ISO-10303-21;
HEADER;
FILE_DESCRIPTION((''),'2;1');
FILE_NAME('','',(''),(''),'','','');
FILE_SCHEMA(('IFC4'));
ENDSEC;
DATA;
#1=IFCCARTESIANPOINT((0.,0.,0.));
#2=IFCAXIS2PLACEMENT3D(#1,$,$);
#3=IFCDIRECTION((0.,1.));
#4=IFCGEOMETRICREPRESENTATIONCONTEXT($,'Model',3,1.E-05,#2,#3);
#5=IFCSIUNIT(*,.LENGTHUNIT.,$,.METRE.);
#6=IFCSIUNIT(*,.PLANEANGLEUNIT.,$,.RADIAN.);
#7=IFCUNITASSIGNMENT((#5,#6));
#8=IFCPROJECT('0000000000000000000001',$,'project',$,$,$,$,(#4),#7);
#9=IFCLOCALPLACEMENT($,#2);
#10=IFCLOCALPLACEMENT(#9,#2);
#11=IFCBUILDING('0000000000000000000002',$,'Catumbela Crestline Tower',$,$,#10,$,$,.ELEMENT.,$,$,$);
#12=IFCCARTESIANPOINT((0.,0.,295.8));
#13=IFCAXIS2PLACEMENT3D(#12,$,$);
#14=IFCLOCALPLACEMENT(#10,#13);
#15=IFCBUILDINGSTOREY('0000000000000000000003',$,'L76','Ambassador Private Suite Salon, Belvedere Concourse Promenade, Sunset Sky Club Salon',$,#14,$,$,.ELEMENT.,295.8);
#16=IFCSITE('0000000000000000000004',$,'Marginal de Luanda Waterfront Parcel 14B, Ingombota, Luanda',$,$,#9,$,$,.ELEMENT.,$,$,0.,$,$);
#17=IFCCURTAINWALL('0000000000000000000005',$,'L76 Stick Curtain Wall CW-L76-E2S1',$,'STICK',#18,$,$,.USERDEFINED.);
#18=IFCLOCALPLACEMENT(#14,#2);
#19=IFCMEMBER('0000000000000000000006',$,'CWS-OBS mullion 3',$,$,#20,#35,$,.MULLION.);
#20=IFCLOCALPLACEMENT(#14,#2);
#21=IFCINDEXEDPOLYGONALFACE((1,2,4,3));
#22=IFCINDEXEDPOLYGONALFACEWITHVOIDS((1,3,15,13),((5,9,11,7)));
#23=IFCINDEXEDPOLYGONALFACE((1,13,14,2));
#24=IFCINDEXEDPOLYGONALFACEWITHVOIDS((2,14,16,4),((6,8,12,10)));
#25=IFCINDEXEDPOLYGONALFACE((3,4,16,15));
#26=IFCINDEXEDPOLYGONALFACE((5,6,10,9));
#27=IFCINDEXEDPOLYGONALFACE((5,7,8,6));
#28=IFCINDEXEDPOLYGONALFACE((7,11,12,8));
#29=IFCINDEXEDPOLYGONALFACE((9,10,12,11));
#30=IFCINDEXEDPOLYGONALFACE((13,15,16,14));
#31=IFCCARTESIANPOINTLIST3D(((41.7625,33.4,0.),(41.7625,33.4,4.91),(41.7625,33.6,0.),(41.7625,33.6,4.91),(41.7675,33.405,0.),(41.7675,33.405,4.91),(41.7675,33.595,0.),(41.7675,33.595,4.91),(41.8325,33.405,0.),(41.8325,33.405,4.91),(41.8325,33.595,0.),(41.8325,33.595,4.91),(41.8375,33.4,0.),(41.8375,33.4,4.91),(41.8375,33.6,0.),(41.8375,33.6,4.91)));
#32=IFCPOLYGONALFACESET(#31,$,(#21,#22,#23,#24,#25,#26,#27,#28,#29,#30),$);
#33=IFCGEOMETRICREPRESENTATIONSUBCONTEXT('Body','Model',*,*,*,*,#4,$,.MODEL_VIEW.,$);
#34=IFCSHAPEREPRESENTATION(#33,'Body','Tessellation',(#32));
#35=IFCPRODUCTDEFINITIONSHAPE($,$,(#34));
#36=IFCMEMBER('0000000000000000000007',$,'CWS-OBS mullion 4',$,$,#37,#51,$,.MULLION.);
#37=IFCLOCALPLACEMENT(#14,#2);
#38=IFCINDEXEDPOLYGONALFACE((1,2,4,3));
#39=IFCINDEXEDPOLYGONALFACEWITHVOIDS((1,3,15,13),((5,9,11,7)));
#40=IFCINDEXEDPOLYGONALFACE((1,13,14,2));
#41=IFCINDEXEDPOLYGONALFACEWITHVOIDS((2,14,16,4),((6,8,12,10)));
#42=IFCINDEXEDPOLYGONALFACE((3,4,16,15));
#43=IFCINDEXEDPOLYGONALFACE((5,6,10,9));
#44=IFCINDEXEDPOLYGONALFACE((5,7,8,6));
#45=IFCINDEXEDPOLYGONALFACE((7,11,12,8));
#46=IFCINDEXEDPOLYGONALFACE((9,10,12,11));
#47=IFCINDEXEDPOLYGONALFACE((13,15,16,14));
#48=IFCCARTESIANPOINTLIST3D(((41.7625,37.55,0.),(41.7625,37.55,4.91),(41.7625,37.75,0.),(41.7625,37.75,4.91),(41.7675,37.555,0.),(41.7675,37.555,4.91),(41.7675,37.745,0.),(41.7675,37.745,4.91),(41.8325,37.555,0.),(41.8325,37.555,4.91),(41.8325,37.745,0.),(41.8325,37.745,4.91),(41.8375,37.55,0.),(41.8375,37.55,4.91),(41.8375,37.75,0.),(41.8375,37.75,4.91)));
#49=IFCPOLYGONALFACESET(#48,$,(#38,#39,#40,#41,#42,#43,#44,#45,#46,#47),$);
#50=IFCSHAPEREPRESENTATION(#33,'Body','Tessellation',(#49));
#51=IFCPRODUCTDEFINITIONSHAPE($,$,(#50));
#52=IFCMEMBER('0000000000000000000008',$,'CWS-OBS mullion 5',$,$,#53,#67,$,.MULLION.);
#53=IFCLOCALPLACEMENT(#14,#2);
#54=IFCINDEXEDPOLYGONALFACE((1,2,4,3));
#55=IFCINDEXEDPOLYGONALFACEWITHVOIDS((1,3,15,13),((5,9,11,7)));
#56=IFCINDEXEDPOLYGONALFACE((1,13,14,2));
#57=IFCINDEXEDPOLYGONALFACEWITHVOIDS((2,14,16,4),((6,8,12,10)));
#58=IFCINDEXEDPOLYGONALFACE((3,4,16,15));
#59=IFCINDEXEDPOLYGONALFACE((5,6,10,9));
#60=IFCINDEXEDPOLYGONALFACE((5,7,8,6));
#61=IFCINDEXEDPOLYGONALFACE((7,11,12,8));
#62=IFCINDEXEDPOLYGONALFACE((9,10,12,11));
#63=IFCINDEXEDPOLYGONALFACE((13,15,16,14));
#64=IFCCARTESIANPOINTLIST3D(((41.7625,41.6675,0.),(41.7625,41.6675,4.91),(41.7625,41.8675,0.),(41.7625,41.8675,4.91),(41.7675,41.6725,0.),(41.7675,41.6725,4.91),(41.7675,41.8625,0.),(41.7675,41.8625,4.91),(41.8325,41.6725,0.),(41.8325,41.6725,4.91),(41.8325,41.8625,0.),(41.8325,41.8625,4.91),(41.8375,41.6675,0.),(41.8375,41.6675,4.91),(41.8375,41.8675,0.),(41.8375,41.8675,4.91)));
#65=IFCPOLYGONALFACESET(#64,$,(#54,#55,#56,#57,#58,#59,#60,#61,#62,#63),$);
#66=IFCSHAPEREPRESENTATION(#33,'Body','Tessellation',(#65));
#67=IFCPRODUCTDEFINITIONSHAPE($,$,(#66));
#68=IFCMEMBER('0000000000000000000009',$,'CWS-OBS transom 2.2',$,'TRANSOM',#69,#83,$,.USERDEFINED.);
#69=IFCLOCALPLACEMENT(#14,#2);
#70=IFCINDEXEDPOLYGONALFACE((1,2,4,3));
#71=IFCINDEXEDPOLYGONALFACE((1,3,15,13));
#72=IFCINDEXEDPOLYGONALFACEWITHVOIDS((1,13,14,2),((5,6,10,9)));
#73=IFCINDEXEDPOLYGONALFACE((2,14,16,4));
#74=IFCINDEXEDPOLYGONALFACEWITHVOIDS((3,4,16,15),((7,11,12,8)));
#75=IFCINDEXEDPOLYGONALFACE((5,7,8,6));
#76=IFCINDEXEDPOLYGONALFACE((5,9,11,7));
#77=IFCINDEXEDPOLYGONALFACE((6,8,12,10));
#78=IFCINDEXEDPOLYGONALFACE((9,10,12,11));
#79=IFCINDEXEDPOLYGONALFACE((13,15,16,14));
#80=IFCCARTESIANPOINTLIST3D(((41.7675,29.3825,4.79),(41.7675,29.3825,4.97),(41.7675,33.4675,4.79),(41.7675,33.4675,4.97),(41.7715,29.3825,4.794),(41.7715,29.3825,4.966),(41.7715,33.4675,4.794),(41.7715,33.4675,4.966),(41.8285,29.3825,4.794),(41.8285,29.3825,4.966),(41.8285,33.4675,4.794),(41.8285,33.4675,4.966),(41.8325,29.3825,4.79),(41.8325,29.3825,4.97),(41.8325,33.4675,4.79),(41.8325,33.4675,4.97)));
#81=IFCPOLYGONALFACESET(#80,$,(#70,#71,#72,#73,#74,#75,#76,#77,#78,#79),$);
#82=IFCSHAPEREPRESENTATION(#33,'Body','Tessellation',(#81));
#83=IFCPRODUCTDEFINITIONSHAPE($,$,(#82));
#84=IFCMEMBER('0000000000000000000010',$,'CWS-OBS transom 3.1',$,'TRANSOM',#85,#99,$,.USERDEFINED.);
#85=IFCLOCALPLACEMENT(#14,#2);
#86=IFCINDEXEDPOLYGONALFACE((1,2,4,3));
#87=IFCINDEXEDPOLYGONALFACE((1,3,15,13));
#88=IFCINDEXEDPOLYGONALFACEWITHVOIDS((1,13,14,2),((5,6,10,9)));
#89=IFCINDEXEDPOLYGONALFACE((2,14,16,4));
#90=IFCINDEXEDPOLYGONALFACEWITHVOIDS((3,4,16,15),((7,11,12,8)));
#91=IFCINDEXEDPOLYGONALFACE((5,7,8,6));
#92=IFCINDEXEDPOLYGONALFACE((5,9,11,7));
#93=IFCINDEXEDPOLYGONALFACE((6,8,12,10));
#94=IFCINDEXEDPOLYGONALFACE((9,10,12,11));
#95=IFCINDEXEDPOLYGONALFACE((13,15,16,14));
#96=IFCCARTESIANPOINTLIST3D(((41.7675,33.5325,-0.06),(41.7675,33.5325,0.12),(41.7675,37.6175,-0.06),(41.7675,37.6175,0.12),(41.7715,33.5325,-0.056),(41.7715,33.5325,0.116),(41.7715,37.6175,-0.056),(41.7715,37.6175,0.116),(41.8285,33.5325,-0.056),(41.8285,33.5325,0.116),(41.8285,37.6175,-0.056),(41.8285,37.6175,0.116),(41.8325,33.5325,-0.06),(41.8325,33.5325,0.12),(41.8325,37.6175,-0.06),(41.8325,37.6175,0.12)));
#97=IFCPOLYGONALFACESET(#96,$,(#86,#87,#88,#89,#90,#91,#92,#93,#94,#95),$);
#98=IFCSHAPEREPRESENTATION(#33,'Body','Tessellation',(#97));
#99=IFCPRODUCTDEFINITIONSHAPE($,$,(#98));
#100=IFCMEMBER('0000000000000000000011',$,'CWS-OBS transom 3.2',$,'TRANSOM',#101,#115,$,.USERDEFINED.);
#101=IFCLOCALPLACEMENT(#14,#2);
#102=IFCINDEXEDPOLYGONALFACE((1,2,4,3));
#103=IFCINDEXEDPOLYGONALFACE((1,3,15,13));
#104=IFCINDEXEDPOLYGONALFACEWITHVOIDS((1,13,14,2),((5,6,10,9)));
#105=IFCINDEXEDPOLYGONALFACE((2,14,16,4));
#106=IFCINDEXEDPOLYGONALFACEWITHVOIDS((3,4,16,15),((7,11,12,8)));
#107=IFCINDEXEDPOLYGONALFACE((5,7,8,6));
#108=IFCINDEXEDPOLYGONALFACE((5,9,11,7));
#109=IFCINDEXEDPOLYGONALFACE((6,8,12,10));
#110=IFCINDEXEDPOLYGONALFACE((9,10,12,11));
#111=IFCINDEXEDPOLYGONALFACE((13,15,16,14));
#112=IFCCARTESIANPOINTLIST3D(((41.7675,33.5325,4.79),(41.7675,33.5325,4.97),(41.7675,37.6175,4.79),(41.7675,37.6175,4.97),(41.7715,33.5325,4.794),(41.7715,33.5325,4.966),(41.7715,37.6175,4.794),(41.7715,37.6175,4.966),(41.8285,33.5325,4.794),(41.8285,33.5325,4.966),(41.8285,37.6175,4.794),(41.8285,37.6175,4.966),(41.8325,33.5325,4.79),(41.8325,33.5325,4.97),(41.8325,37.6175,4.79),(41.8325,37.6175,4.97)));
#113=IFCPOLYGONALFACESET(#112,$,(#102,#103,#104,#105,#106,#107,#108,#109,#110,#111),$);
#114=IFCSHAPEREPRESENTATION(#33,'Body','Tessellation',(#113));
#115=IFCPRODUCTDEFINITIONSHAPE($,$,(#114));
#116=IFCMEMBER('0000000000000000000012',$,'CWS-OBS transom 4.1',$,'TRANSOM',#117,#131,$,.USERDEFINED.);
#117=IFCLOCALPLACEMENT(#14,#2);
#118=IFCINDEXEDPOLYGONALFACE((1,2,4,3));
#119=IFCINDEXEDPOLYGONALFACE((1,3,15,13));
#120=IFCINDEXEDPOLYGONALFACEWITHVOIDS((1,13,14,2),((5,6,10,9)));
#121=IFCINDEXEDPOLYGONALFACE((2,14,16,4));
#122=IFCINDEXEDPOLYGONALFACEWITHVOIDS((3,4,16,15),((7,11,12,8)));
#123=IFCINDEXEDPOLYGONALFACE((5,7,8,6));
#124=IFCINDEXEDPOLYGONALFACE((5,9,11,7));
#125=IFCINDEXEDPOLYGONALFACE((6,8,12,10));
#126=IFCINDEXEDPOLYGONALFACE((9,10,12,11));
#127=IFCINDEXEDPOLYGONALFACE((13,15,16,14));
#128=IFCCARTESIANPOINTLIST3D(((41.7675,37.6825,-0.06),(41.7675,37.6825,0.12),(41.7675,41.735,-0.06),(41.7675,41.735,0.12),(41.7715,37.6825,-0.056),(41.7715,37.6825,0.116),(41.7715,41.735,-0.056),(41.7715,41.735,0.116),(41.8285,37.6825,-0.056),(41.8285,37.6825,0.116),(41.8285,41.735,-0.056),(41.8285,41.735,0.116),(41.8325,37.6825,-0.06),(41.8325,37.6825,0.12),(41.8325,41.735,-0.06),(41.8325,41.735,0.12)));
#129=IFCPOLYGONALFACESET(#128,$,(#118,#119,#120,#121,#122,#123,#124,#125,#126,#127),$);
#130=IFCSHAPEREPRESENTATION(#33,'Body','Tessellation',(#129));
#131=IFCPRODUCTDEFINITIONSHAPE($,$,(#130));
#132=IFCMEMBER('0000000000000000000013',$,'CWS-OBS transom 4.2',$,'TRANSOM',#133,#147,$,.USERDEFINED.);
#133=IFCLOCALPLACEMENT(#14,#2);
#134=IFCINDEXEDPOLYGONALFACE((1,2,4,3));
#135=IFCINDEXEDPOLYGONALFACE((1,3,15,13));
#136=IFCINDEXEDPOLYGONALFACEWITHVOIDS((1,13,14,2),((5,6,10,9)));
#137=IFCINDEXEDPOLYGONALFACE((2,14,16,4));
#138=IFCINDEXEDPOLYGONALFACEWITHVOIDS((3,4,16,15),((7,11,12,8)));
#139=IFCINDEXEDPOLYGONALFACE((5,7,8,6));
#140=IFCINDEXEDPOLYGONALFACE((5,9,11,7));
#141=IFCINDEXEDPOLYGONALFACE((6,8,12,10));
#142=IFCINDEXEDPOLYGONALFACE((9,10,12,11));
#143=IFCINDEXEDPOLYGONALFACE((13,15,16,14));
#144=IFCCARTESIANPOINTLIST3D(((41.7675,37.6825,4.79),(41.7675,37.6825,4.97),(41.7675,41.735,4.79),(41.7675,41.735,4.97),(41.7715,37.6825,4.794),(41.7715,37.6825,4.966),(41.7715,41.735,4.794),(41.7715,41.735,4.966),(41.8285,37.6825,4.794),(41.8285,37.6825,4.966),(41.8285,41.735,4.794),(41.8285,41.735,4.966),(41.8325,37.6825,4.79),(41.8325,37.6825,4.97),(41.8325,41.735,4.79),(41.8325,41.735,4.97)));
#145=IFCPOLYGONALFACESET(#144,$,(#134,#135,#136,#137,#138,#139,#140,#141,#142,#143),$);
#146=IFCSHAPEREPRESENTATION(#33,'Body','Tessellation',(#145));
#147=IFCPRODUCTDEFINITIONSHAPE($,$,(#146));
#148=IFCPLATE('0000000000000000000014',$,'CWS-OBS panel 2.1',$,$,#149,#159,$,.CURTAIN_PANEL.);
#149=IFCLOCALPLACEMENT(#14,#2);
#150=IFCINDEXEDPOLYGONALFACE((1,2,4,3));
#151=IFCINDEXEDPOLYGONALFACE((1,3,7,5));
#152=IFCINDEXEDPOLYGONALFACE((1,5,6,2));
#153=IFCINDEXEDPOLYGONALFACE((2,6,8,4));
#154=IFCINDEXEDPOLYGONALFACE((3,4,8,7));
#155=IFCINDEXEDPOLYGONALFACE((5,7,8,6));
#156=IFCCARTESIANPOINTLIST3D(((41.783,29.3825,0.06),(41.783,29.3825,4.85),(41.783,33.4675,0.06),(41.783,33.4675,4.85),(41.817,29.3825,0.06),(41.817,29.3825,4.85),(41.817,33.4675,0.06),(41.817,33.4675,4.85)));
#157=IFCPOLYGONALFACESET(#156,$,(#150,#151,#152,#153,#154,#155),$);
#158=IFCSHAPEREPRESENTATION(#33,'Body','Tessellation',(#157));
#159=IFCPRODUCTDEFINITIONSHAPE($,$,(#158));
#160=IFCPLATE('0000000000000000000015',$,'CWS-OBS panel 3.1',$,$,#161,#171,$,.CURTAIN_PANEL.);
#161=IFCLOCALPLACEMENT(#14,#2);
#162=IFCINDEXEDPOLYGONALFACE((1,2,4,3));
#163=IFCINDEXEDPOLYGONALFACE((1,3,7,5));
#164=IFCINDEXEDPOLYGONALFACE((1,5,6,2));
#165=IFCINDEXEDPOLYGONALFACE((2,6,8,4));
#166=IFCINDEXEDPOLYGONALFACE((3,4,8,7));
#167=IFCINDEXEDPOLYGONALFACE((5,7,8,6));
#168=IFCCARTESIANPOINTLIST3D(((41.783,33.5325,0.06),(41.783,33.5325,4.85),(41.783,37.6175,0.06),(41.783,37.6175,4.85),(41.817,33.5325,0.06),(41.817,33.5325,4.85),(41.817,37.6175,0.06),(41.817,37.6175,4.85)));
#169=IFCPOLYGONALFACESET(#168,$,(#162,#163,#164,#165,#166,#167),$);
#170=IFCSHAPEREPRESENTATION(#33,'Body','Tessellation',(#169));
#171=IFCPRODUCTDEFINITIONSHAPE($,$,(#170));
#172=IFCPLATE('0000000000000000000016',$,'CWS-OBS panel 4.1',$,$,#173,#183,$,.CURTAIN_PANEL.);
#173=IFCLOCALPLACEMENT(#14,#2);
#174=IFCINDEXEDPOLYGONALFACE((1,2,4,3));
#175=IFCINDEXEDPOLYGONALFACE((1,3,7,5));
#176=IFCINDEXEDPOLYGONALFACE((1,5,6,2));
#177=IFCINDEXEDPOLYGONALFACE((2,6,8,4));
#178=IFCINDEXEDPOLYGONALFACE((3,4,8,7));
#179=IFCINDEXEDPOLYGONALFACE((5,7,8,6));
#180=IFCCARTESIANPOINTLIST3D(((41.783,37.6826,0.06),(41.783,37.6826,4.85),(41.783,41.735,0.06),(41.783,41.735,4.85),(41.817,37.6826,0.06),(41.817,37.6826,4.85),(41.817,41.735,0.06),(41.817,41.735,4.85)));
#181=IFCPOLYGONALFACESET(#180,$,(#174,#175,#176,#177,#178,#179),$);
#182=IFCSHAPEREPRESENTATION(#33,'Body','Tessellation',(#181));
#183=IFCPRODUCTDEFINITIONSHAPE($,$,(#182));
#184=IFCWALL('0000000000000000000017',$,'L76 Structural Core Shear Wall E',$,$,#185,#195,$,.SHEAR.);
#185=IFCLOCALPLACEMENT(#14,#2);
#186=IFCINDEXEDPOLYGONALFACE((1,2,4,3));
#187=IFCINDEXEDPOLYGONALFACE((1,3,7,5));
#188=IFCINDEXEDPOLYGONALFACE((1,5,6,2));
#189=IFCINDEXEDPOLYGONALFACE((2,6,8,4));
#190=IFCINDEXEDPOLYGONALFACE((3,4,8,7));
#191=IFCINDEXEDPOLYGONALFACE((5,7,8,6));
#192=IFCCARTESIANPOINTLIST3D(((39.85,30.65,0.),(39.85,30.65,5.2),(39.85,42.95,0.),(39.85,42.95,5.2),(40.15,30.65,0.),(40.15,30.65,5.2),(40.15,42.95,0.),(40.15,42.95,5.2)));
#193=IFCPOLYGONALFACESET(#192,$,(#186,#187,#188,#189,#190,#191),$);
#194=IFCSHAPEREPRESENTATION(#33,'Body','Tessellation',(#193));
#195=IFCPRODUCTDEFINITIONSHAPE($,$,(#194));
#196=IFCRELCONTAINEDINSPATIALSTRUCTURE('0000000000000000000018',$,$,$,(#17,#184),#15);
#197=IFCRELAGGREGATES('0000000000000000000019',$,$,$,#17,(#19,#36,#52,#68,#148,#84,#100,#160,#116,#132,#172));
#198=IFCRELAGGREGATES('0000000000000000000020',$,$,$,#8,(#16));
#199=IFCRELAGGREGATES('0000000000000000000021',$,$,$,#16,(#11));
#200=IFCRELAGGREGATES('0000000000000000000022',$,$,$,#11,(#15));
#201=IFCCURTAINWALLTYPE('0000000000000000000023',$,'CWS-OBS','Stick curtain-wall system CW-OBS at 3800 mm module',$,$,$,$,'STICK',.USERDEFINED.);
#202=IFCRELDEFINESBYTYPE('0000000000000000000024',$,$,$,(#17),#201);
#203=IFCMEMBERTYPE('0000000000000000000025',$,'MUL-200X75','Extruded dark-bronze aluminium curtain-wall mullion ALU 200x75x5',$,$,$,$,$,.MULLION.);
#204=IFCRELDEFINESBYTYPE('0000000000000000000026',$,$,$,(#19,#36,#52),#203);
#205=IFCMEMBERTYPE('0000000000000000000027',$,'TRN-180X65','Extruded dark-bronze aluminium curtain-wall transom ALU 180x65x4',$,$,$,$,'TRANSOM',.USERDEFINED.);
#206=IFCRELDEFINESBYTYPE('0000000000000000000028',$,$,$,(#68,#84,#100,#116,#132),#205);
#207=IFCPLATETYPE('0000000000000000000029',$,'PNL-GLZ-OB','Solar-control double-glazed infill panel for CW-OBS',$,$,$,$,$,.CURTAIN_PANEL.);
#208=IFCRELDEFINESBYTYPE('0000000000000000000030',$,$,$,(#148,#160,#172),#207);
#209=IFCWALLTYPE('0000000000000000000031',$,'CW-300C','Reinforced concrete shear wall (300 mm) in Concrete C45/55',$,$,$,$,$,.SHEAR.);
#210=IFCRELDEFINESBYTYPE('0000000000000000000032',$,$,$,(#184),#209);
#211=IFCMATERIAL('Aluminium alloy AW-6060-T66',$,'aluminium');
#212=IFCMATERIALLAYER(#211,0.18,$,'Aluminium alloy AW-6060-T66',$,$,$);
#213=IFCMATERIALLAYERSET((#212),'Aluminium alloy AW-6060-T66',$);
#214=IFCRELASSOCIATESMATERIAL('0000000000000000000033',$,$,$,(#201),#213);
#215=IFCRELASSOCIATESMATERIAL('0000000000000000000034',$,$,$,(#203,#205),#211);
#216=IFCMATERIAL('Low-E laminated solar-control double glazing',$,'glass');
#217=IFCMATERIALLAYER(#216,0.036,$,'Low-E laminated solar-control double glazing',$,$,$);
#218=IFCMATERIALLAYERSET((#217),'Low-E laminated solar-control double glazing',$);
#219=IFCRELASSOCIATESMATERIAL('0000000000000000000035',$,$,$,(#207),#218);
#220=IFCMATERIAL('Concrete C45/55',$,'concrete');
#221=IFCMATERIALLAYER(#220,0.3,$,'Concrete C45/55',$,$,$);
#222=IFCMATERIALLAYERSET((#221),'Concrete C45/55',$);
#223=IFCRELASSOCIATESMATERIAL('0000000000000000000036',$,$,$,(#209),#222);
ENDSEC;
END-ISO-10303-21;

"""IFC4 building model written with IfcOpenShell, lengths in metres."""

from ifc_helpers import new_model, si_unit, direction, frame, frame_2d, origin, origin_2d, place, context, subcontext, project, spatial, rectangle, hollow_rectangle, extrude, material, layer, layer_set, material_profile, profile_set, type_object, element, aggregate, save


model = new_model("IFC4")

# Units and contexts
model_context = context("Model", 3, precision=1e-05, world=origin(), true_north=direction((0.0, 1.0)))
body_context = subcontext(model_context, "Body", "Model", "MODEL_VIEW")
ifc_project = project(units=[si_unit("LENGTHUNIT", "METRE"), si_unit("PLANEANGLEUNIT", "RADIAN")], contexts=[model_context])

# Site, building, storey
site_placement = place(None, origin())
site = spatial("IfcSite", under=ifc_project, at=site_placement, Name="Marginal de Luanda Waterfront Parcel 14B, Ingombota, Luanda", CompositionType="ELEMENT", RefElevation=0.0)
building_placement = place(site_placement, origin())
building = spatial("IfcBuilding", under=site, at=building_placement, Name="Catumbela Crestline Tower", CompositionType="ELEMENT")
storey_placement = place(building_placement, frame((0.0, 0.0, 295.8)))
storey = spatial("IfcBuildingStorey", under=building, at=storey_placement, Name="L76", Description="Ambassador Private Suite Salon, Belvedere Concourse Promenade, Sunset Sky Club Salon", CompositionType="ELEMENT", Elevation=295.8)

# Curtain wall, members, plates
ifc_material_1 = material(Name="Aluminium alloy AW-6060-T66", Category="aluminium")
ifc_layer_1 = layer(ifc_material_1, 0.18, Name="Aluminium alloy AW-6060-T66")
ifc_layer_set_1 = layer_set([ifc_layer_1], Name="Aluminium alloy AW-6060-T66")
curtain_wall_type = type_object("IfcCurtainWallType", Name="CWS-OBS", Description="Stick curtain-wall system CW-OBS at 3800 mm module", ElementType="STICK", PredefinedType="USERDEFINED", material=ifc_layer_set_1)
curtain_wall_placement = place(storey_placement, origin())
curtain_wall = element("IfcCurtainWall", 1, at=curtain_wall_placement, inside=storey, type_object=curtain_wall_type, Name="L76 Stick Curtain Wall CW-L76-E2S1", ObjectType="STICK", PredefinedType="USERDEFINED")
ifc_material_profile_1 = material_profile(ifc_material_1, hollow_rectangle(XDim=0.075, YDim=0.2, WallThickness=0.005, at=origin_2d()), Name="ALU 200x75x5")
ifc_profile_set_1 = profile_set([ifc_material_profile_1], Name="Aluminium alloy AW-6060-T66")
member_type_1 = type_object("IfcMemberType", Name="MUL-200X75", Description="Extruded dark-bronze aluminium curtain-wall mullion ALU 200x75x5", PredefinedType="MULLION", material=ifc_profile_set_1)
member_1_placement = place(storey_placement, frame((41.8, 33.5, 0.0), z_axis=(0.0, 0.0, 1.0), x_axis=(-1.0, 0.0, 0.0)))
member_1 = element("IfcMember", 2, at=member_1_placement, type_object=member_type_1, Name="CWS-OBS mullion 3", PredefinedType="MULLION", context=body_context, shape_type="SweptSolid", body=[
    extrude(hollow_rectangle(XDim=0.075, YDim=0.2, WallThickness=0.005, at=origin_2d()), origin(), (0.0, 0.0, 1.0), 4.91),
])
member_2_placement = place(storey_placement, frame((41.8, 37.65, 0.0), z_axis=(0.0, 0.0, 1.0), x_axis=(-1.0, 0.0, 0.0)))
member_2 = element("IfcMember", 3, at=member_2_placement, type_object=member_type_1, Name="CWS-OBS mullion 4", PredefinedType="MULLION", context=body_context, shape_type="SweptSolid", body=[
    extrude(hollow_rectangle(XDim=0.075, YDim=0.2, WallThickness=0.005, at=origin_2d()), origin(), (0.0, 0.0, 1.0), 4.91),
])
member_3_placement = place(storey_placement, frame((41.8, 41.7675, 0.0), z_axis=(0.0, 0.0, 1.0), x_axis=(-1.0, 0.0, 0.0)))
member_3 = element("IfcMember", 4, at=member_3_placement, type_object=member_type_1, Name="CWS-OBS mullion 5", PredefinedType="MULLION", context=body_context, shape_type="SweptSolid", body=[
    extrude(hollow_rectangle(XDim=0.075, YDim=0.2, WallThickness=0.005, at=origin_2d()), origin(), (0.0, 0.0, 1.0), 4.91),
])
ifc_material_profile_2 = material_profile(ifc_material_1, hollow_rectangle(XDim=0.065, YDim=0.18, WallThickness=0.004, at=origin_2d()), Name="ALU 180x65x4")
ifc_profile_set_2 = profile_set([ifc_material_profile_2], Name="Aluminium alloy AW-6060-T66")
member_type_2 = type_object("IfcMemberType", Name="TRN-180X65", Description="Extruded dark-bronze aluminium curtain-wall transom ALU 180x65x4", ElementType="TRANSOM", PredefinedType="USERDEFINED", material=ifc_profile_set_2)
member_4_placement = place(storey_placement, frame((41.8, 29.3825, 4.88), z_axis=(0.0, 1.0, 0.0), x_axis=(-1.0, 0.0, 0.0)))
member_4 = element("IfcMember", 5, at=member_4_placement, type_object=member_type_2, Name="CWS-OBS transom 2.2", ObjectType="TRANSOM", PredefinedType="USERDEFINED", context=body_context, shape_type="SweptSolid", body=[
    extrude(hollow_rectangle(XDim=0.065, YDim=0.18, WallThickness=0.004, at=origin_2d()), origin(), (0.0, 0.0, 1.0), 4.085),
])
member_5_placement = place(storey_placement, frame((41.8, 33.5325, 0.03), z_axis=(0.0, 1.0, 0.0), x_axis=(-1.0, 0.0, 0.0)))
member_5 = element("IfcMember", 6, at=member_5_placement, type_object=member_type_2, Name="CWS-OBS transom 3.1", ObjectType="TRANSOM", PredefinedType="USERDEFINED", context=body_context, shape_type="SweptSolid", body=[
    extrude(hollow_rectangle(XDim=0.065, YDim=0.18, WallThickness=0.004, at=origin_2d()), origin(), (0.0, 0.0, 1.0), 4.085),
])
member_6_placement = place(storey_placement, frame((41.8, 33.5325, 4.88), z_axis=(0.0, 1.0, 0.0), x_axis=(-1.0, 0.0, 0.0)))
member_6 = element("IfcMember", 7, at=member_6_placement, type_object=member_type_2, Name="CWS-OBS transom 3.2", ObjectType="TRANSOM", PredefinedType="USERDEFINED", context=body_context, shape_type="SweptSolid", body=[
    extrude(hollow_rectangle(XDim=0.065, YDim=0.18, WallThickness=0.004, at=origin_2d()), origin(), (0.0, 0.0, 1.0), 4.085),
])
member_7_placement = place(storey_placement, frame((41.8, 37.6825, 0.03), z_axis=(0.0, 1.0, 0.0), x_axis=(-1.0, 0.0, 0.0)))
member_7 = element("IfcMember", 8, at=member_7_placement, type_object=member_type_2, Name="CWS-OBS transom 4.1", ObjectType="TRANSOM", PredefinedType="USERDEFINED", context=body_context, shape_type="SweptSolid", body=[
    extrude(hollow_rectangle(XDim=0.065, YDim=0.18, WallThickness=0.004, at=origin_2d()), origin(), (0.0, 0.0, 1.0), 4.0525),
])
member_8_placement = place(storey_placement, frame((41.8, 37.6825, 4.88), z_axis=(0.0, 1.0, 0.0), x_axis=(-1.0, 0.0, 0.0)))
member_8 = element("IfcMember", 9, at=member_8_placement, type_object=member_type_2, Name="CWS-OBS transom 4.2", ObjectType="TRANSOM", PredefinedType="USERDEFINED", context=body_context, shape_type="SweptSolid", body=[
    extrude(hollow_rectangle(XDim=0.065, YDim=0.18, WallThickness=0.004, at=origin_2d()), origin(), (0.0, 0.0, 1.0), 4.0525),
])
ifc_material_2 = material(Name="Low-E laminated solar-control double glazing", Category="glass")
ifc_layer_2 = layer(ifc_material_2, 0.036, Name="Low-E laminated solar-control double glazing")
ifc_layer_set_2 = layer_set([ifc_layer_2], Name="Low-E laminated solar-control double glazing")
plate_type = type_object("IfcPlateType", Name="PNL-GLZ-OB", Description="Solar-control double-glazed infill panel for CW-OBS", PredefinedType="CURTAIN_PANEL", material=ifc_layer_set_2)
plate_1_placement = place(storey_placement, frame((41.8, 31.425, 0.06), z_axis=(0.0, 0.0, 1.0), x_axis=(0.0, 1.0, 0.0)))
plate_1 = element("IfcPlate", 10, at=plate_1_placement, type_object=plate_type, Name="CWS-OBS panel 2.1", PredefinedType="CURTAIN_PANEL", context=body_context, shape_type="SweptSolid", body=[
    extrude(rectangle(XDim=4.085, YDim=0.034, at=origin_2d()), origin(), (0.0, 0.0, 1.0), 4.79),
])
plate_2_placement = place(storey_placement, frame((41.8, 35.575, 0.06), z_axis=(0.0, 0.0, 1.0), x_axis=(0.0, 1.0, 0.0)))
plate_2 = element("IfcPlate", 11, at=plate_2_placement, type_object=plate_type, Name="CWS-OBS panel 3.1", PredefinedType="CURTAIN_PANEL", context=body_context, shape_type="SweptSolid", body=[
    extrude(rectangle(XDim=4.085, YDim=0.034, at=origin_2d()), origin(), (0.0, 0.0, 1.0), 4.79),
])
plate_3_placement = place(storey_placement, frame((41.8, 39.7088, 0.06), z_axis=(0.0, 0.0, 1.0), x_axis=(0.0, 1.0, 0.0)))
plate_3 = element("IfcPlate", 12, at=plate_3_placement, type_object=plate_type, Name="CWS-OBS panel 4.1", PredefinedType="CURTAIN_PANEL", context=body_context, shape_type="SweptSolid", body=[
    extrude(rectangle(XDim=4.0525, YDim=0.034, at=origin_2d()), origin(), (0.0, 0.0, 1.0), 4.79),
])
aggregate(curtain_wall, [member_1, member_2, member_3, member_4, plate_1, member_5, member_6, plate_2, member_7, member_8, plate_3])

# Wall
ifc_material_3 = material(Name="Concrete C45/55", Category="concrete")
ifc_layer_3 = layer(ifc_material_3, 0.3, Name="Concrete C45/55")
ifc_layer_set_3 = layer_set([ifc_layer_3], Name="Concrete C45/55")
wall_type_1 = type_object("IfcWallType", Name="CW-300C", Description="Reinforced concrete shear wall (300 mm) in Concrete C45/55", PredefinedType="SHEAR", material=ifc_layer_set_3)
wall_1_placement = place(storey_placement, frame((40.0, 30.65, 0.0), z_axis=(0.0, 0.0, 1.0), x_axis=(0.0, 1.0, 0.0)))
element("IfcWall", 13, at=wall_1_placement, inside=storey, type_object=wall_type_1, Name="L76 Structural Core Shear Wall E", PredefinedType="SHEAR", context=body_context, shape_type="SweptSolid", body=[
    extrude(rectangle(XDim=12.3, YDim=0.3, at=frame_2d((6.15, 0.0))), origin(), (0.0, 0.0, 1.0), 5.2),
])

save(model, "model.ifc")
